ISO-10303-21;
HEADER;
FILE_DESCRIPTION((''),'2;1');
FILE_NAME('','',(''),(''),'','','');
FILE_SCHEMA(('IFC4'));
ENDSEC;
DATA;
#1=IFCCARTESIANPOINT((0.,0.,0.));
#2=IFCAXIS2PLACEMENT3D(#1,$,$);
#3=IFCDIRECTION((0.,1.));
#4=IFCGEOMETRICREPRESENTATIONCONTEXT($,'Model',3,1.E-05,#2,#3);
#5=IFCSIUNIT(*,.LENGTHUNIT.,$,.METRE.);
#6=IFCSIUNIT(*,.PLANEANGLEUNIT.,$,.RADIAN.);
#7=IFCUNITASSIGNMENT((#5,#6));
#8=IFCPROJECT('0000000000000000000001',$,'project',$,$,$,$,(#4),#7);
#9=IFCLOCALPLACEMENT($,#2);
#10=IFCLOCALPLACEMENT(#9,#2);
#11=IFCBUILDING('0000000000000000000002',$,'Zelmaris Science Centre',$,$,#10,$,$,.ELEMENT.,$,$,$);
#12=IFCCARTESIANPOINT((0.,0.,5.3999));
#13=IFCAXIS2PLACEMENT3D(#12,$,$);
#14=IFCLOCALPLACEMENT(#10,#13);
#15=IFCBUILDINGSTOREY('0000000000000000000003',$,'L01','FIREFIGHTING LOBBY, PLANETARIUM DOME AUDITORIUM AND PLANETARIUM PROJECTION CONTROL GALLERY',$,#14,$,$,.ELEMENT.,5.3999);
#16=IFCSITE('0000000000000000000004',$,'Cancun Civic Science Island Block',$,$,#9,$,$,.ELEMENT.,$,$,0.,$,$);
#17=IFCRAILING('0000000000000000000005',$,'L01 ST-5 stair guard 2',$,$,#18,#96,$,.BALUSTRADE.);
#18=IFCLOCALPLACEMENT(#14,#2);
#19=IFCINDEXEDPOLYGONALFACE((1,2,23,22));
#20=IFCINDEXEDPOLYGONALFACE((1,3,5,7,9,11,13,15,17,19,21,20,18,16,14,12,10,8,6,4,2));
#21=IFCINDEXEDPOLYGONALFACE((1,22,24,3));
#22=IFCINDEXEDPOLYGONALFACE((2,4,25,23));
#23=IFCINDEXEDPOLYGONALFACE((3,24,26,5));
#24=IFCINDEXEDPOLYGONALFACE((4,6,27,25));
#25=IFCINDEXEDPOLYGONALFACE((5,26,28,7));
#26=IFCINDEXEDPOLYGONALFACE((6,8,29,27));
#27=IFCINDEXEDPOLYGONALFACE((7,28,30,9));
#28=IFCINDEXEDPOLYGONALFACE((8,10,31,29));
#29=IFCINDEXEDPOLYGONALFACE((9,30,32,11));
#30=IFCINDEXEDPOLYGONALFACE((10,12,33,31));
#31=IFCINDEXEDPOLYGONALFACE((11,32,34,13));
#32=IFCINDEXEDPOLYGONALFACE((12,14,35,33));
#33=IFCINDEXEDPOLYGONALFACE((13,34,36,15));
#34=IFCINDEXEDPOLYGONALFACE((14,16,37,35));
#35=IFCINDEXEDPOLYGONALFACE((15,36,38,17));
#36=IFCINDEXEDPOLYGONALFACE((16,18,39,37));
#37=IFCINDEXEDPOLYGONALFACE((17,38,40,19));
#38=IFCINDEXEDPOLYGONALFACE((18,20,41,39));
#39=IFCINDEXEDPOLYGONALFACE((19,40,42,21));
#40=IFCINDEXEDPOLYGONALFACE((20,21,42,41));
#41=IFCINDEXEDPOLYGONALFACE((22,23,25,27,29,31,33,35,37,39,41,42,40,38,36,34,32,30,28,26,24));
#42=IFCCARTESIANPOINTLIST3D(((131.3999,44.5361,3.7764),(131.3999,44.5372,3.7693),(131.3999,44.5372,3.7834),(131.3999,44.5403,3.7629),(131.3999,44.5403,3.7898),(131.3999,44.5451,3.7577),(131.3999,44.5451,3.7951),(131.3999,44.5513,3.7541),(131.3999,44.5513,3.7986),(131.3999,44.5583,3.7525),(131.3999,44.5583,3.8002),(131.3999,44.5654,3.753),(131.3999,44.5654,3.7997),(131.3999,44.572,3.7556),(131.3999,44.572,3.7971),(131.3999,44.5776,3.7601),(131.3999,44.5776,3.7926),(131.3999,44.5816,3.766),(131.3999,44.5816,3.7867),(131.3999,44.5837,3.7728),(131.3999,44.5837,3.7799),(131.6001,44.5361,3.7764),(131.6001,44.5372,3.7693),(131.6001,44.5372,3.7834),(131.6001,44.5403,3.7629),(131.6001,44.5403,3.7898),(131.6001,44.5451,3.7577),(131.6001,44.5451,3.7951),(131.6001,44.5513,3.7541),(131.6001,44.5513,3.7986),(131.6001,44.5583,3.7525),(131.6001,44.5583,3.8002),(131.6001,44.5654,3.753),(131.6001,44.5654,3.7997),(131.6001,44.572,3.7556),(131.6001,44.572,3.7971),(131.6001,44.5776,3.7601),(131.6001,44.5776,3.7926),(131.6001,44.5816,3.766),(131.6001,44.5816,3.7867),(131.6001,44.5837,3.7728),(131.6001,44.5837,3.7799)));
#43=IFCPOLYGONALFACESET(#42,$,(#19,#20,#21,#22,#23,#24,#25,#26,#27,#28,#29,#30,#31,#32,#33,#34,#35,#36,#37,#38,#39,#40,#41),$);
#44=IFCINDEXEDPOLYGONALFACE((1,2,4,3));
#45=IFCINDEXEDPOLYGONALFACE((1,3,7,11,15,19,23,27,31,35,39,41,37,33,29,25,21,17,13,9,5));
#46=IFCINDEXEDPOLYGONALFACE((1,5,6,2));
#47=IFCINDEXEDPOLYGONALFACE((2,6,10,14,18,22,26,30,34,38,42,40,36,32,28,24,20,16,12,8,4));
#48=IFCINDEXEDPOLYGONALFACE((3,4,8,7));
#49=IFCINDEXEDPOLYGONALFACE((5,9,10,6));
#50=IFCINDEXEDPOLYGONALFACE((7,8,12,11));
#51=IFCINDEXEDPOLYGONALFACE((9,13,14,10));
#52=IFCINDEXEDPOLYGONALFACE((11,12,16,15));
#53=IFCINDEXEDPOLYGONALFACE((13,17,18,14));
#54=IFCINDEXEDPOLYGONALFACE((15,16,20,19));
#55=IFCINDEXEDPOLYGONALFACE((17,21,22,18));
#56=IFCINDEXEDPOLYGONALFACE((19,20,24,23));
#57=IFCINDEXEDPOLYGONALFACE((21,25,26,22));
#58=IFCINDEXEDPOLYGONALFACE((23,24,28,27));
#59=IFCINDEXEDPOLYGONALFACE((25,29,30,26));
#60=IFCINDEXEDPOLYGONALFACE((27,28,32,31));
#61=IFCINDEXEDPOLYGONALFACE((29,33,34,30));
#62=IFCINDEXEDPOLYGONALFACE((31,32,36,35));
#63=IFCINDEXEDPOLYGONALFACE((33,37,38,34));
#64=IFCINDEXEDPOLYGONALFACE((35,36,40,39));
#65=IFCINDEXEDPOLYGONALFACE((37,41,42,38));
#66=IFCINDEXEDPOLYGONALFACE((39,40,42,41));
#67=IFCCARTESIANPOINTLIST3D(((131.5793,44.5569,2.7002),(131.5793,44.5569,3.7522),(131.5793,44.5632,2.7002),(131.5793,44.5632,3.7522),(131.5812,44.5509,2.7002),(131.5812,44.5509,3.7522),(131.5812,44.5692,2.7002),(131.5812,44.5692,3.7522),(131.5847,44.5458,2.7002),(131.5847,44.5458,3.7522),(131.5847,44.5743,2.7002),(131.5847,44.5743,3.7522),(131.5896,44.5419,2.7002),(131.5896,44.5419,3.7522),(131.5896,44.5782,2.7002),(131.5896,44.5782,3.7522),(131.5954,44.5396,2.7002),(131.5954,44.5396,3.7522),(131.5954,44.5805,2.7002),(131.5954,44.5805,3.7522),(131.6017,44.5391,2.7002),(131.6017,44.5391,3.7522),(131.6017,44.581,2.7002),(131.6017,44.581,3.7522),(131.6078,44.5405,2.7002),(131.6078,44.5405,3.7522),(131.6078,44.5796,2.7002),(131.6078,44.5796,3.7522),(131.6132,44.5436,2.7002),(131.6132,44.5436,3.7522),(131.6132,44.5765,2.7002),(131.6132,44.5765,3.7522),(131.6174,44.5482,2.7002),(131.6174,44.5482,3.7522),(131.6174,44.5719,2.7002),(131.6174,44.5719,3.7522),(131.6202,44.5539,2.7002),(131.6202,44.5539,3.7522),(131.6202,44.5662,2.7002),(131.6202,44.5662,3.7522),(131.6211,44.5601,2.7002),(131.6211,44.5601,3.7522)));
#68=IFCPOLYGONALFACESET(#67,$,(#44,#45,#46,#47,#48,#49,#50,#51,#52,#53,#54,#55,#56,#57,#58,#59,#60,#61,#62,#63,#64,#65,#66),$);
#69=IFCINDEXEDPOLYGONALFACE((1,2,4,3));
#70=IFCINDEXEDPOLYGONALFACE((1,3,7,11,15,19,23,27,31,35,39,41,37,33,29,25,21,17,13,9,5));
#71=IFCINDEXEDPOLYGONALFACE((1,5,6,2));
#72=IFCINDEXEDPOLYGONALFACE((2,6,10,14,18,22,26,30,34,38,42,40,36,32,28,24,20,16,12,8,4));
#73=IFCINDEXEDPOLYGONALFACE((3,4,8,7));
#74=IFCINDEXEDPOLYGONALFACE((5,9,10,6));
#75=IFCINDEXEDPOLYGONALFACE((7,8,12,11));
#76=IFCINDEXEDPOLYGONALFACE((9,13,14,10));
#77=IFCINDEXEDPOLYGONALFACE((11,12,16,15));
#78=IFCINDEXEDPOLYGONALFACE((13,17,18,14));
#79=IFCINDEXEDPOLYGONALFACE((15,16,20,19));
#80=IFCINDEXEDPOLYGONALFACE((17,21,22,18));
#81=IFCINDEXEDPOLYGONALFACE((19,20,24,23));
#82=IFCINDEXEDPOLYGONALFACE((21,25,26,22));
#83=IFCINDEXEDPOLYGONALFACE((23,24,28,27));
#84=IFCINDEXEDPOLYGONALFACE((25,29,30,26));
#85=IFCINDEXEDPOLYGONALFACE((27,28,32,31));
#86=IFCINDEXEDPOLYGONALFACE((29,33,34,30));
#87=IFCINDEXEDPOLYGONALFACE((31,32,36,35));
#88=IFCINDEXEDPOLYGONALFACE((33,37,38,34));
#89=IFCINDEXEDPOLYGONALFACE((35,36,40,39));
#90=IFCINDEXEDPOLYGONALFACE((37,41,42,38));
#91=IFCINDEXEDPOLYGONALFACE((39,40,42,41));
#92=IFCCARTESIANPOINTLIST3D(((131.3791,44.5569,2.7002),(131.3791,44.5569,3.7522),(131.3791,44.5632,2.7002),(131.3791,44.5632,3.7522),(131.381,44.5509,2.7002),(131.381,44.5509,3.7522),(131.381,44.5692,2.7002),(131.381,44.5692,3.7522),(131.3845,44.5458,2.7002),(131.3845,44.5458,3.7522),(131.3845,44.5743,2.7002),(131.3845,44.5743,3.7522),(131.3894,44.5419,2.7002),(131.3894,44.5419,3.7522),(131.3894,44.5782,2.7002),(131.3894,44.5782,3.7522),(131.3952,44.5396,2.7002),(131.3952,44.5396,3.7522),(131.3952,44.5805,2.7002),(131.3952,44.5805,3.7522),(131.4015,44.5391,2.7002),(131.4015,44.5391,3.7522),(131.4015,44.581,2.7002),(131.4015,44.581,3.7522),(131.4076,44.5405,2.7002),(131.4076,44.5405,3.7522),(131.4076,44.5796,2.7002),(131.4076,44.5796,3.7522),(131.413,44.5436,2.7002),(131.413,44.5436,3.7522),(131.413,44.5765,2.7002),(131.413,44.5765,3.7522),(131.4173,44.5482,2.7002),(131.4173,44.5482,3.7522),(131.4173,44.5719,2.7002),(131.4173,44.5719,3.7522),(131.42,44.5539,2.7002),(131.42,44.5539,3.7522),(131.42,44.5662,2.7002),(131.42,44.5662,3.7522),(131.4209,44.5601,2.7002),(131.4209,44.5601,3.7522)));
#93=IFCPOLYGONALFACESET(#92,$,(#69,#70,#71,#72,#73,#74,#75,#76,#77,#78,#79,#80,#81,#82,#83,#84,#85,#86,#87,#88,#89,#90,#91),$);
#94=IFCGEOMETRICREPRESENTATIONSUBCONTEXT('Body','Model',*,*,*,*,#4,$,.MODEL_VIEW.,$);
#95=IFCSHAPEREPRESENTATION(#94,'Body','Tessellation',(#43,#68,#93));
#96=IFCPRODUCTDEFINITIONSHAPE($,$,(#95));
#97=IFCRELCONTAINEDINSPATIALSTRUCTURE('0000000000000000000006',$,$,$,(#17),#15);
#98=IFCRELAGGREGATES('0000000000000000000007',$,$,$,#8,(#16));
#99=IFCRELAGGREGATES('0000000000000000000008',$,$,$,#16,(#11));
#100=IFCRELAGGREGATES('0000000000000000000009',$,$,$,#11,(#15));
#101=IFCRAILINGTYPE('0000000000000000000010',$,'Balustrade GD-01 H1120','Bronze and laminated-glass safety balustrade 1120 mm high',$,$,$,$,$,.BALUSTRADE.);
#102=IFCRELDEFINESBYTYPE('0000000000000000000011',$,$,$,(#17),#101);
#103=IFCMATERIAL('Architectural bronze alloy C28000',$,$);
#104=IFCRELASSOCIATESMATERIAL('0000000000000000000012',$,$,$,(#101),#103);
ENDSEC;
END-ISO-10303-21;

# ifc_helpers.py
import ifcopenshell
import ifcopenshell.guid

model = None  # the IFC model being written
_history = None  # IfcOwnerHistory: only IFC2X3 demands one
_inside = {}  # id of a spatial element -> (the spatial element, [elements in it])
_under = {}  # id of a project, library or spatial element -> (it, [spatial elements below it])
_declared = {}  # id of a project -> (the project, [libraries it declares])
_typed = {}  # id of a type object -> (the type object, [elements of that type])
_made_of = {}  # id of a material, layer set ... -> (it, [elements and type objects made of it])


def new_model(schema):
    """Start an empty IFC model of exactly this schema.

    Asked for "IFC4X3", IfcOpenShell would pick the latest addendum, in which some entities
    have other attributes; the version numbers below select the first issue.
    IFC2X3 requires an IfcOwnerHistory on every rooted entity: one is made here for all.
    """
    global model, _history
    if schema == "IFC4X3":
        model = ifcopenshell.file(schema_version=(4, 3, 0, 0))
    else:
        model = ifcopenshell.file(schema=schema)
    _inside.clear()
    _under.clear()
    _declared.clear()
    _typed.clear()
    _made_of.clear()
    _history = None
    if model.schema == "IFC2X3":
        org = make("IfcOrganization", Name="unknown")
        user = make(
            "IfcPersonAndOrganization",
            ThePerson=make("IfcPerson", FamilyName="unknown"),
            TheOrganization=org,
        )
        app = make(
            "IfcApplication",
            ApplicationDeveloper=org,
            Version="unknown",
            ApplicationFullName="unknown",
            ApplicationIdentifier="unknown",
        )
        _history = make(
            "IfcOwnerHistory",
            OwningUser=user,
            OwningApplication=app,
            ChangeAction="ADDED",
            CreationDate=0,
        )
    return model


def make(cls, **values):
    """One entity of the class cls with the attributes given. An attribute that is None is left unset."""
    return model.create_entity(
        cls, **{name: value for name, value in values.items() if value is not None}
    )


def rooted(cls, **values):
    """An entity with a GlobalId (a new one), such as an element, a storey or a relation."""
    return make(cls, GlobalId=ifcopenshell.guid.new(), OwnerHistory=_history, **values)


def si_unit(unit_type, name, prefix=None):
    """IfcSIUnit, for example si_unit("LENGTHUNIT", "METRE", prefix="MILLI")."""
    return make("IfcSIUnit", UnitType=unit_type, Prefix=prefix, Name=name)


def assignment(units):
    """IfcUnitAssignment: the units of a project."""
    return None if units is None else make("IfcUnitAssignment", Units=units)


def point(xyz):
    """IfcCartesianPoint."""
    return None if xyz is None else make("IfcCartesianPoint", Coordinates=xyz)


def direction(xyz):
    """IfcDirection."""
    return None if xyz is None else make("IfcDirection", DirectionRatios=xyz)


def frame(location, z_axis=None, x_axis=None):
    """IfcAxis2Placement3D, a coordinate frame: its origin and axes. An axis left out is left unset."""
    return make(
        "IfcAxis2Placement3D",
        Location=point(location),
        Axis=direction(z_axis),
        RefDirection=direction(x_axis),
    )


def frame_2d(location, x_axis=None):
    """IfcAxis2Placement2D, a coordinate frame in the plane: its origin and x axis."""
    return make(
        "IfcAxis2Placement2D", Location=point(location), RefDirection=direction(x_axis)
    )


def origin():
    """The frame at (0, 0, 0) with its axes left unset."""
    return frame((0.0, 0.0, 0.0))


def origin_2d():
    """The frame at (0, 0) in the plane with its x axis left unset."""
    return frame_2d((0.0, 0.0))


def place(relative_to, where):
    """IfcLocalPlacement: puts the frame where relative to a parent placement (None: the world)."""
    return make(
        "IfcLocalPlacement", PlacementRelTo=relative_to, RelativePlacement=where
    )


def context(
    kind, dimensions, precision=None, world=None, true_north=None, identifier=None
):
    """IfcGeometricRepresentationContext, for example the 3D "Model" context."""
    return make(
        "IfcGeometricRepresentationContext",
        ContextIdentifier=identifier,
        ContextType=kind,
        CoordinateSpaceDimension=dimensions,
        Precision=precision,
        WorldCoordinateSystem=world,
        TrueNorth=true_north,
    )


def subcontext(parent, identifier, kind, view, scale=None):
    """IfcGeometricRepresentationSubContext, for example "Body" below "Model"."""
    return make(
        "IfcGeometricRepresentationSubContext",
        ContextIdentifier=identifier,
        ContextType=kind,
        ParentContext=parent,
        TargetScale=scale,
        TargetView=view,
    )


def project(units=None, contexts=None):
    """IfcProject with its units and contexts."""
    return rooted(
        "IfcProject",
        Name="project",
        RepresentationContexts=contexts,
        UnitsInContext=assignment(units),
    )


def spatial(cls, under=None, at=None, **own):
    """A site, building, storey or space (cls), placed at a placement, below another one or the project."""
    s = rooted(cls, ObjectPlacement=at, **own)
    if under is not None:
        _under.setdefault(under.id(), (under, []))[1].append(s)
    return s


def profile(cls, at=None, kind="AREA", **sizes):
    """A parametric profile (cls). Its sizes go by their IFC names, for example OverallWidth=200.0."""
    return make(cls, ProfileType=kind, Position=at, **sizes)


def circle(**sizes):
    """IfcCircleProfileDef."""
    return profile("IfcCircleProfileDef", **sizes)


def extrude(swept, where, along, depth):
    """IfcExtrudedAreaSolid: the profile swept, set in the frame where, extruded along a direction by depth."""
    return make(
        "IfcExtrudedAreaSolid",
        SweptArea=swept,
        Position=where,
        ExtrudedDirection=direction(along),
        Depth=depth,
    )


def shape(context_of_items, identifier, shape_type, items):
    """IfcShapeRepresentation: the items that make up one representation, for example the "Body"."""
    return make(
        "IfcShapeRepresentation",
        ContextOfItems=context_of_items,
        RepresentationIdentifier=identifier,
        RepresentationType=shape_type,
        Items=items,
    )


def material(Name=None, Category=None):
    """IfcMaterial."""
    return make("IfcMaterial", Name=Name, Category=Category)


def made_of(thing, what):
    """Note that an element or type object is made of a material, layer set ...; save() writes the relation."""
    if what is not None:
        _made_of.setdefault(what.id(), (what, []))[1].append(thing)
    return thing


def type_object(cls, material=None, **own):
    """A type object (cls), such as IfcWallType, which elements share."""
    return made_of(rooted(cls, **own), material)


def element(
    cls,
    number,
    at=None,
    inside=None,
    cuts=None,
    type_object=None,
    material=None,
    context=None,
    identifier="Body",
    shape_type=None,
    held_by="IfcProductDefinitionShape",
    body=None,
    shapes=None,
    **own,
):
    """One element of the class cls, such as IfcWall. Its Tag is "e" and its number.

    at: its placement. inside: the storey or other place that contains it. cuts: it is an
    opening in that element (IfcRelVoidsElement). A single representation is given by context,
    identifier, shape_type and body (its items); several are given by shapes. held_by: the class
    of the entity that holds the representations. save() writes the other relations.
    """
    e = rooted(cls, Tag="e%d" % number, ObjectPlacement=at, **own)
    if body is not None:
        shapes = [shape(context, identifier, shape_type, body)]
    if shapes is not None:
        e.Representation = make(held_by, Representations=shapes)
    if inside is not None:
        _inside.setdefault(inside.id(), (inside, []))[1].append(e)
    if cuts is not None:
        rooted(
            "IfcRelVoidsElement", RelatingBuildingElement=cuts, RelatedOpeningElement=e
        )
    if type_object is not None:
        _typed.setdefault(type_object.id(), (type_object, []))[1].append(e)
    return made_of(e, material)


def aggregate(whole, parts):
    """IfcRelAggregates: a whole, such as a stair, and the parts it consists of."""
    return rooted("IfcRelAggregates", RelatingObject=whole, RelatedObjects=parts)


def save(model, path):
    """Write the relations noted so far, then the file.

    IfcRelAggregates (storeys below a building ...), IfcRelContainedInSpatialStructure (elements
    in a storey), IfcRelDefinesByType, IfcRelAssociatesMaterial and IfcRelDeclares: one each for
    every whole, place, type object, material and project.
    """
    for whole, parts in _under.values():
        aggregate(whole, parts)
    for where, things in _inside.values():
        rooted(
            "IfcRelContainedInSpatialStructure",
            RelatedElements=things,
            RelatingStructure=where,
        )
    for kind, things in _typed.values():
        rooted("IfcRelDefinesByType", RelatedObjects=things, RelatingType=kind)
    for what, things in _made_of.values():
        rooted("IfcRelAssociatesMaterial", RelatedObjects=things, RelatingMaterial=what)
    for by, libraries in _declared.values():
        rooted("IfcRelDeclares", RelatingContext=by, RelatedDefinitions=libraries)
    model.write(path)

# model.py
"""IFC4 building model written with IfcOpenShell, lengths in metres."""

from ifc_helpers import new_model, si_unit, direction, frame, origin, origin_2d, place, context, subcontext, project, spatial, circle, extrude, material, type_object, element, save


model = new_model("IFC4")

# Units and contexts
model_context = context("Model", 3, precision=1e-05, world=origin(), true_north=direction((0.0, 1.0)))
body_context = subcontext(model_context, "Body", "Model", "MODEL_VIEW")
ifc_project = project(units=[si_unit("LENGTHUNIT", "METRE"), si_unit("PLANEANGLEUNIT", "RADIAN")], contexts=[model_context])

# Site, building, storey
site_placement = place(None, origin())
site = spatial("IfcSite", under=ifc_project, at=site_placement, Name="Cancun Civic Science Island Block", CompositionType="ELEMENT", RefElevation=0.0)
building_placement = place(site_placement, origin())
building = spatial("IfcBuilding", under=site, at=building_placement, Name="Zelmaris Science Centre", CompositionType="ELEMENT")
storey_placement = place(building_placement, frame((0.0, 0.0, 5.3999)))
storey = spatial("IfcBuildingStorey", under=building, at=storey_placement, Name="L01", Description="FIREFIGHTING LOBBY, PLANETARIUM DOME AUDITORIUM AND PLANETARIUM PROJECTION CONTROL GALLERY", CompositionType="ELEMENT", Elevation=5.3999)

# Railing
ifc_material_1 = material(Name="Architectural bronze alloy C28000")
railing_type_1 = type_object("IfcRailingType", Name="Balustrade GD-01 H1120", Description="Bronze and laminated-glass safety balustrade 1120 mm high", PredefinedType="BALUSTRADE", material=ifc_material_1)
railing_1_placement = place(storey_placement, frame((131.6001, 44.5601, 2.7002)))
element("IfcRailing", 1, at=railing_1_placement, inside=storey, type_object=railing_type_1, Name="L01 ST-5 stair guard 2", PredefinedType="BALUSTRADE", context=body_context, shape_type="SweptSolid", body=[
    extrude(circle(Radius=0.0239, at=origin_2d()), frame((0.0, 0.0, 1.0762), z_axis=(-1.0, 0.0, 0.0), x_axis=(0.0, -1.0, 0.0)), (0.0, 0.0, 1.0), 0.2002),
    extrude(circle(Radius=0.021, at=origin_2d()), origin(), (0.0, 0.0, 1.0), 1.052),
    extrude(circle(Radius=0.021, at=origin_2d()), frame((-0.2002, 0.0, 0.0)), (0.0, 0.0, 1.0), 1.052),
])

save(model, "model.ifc")
